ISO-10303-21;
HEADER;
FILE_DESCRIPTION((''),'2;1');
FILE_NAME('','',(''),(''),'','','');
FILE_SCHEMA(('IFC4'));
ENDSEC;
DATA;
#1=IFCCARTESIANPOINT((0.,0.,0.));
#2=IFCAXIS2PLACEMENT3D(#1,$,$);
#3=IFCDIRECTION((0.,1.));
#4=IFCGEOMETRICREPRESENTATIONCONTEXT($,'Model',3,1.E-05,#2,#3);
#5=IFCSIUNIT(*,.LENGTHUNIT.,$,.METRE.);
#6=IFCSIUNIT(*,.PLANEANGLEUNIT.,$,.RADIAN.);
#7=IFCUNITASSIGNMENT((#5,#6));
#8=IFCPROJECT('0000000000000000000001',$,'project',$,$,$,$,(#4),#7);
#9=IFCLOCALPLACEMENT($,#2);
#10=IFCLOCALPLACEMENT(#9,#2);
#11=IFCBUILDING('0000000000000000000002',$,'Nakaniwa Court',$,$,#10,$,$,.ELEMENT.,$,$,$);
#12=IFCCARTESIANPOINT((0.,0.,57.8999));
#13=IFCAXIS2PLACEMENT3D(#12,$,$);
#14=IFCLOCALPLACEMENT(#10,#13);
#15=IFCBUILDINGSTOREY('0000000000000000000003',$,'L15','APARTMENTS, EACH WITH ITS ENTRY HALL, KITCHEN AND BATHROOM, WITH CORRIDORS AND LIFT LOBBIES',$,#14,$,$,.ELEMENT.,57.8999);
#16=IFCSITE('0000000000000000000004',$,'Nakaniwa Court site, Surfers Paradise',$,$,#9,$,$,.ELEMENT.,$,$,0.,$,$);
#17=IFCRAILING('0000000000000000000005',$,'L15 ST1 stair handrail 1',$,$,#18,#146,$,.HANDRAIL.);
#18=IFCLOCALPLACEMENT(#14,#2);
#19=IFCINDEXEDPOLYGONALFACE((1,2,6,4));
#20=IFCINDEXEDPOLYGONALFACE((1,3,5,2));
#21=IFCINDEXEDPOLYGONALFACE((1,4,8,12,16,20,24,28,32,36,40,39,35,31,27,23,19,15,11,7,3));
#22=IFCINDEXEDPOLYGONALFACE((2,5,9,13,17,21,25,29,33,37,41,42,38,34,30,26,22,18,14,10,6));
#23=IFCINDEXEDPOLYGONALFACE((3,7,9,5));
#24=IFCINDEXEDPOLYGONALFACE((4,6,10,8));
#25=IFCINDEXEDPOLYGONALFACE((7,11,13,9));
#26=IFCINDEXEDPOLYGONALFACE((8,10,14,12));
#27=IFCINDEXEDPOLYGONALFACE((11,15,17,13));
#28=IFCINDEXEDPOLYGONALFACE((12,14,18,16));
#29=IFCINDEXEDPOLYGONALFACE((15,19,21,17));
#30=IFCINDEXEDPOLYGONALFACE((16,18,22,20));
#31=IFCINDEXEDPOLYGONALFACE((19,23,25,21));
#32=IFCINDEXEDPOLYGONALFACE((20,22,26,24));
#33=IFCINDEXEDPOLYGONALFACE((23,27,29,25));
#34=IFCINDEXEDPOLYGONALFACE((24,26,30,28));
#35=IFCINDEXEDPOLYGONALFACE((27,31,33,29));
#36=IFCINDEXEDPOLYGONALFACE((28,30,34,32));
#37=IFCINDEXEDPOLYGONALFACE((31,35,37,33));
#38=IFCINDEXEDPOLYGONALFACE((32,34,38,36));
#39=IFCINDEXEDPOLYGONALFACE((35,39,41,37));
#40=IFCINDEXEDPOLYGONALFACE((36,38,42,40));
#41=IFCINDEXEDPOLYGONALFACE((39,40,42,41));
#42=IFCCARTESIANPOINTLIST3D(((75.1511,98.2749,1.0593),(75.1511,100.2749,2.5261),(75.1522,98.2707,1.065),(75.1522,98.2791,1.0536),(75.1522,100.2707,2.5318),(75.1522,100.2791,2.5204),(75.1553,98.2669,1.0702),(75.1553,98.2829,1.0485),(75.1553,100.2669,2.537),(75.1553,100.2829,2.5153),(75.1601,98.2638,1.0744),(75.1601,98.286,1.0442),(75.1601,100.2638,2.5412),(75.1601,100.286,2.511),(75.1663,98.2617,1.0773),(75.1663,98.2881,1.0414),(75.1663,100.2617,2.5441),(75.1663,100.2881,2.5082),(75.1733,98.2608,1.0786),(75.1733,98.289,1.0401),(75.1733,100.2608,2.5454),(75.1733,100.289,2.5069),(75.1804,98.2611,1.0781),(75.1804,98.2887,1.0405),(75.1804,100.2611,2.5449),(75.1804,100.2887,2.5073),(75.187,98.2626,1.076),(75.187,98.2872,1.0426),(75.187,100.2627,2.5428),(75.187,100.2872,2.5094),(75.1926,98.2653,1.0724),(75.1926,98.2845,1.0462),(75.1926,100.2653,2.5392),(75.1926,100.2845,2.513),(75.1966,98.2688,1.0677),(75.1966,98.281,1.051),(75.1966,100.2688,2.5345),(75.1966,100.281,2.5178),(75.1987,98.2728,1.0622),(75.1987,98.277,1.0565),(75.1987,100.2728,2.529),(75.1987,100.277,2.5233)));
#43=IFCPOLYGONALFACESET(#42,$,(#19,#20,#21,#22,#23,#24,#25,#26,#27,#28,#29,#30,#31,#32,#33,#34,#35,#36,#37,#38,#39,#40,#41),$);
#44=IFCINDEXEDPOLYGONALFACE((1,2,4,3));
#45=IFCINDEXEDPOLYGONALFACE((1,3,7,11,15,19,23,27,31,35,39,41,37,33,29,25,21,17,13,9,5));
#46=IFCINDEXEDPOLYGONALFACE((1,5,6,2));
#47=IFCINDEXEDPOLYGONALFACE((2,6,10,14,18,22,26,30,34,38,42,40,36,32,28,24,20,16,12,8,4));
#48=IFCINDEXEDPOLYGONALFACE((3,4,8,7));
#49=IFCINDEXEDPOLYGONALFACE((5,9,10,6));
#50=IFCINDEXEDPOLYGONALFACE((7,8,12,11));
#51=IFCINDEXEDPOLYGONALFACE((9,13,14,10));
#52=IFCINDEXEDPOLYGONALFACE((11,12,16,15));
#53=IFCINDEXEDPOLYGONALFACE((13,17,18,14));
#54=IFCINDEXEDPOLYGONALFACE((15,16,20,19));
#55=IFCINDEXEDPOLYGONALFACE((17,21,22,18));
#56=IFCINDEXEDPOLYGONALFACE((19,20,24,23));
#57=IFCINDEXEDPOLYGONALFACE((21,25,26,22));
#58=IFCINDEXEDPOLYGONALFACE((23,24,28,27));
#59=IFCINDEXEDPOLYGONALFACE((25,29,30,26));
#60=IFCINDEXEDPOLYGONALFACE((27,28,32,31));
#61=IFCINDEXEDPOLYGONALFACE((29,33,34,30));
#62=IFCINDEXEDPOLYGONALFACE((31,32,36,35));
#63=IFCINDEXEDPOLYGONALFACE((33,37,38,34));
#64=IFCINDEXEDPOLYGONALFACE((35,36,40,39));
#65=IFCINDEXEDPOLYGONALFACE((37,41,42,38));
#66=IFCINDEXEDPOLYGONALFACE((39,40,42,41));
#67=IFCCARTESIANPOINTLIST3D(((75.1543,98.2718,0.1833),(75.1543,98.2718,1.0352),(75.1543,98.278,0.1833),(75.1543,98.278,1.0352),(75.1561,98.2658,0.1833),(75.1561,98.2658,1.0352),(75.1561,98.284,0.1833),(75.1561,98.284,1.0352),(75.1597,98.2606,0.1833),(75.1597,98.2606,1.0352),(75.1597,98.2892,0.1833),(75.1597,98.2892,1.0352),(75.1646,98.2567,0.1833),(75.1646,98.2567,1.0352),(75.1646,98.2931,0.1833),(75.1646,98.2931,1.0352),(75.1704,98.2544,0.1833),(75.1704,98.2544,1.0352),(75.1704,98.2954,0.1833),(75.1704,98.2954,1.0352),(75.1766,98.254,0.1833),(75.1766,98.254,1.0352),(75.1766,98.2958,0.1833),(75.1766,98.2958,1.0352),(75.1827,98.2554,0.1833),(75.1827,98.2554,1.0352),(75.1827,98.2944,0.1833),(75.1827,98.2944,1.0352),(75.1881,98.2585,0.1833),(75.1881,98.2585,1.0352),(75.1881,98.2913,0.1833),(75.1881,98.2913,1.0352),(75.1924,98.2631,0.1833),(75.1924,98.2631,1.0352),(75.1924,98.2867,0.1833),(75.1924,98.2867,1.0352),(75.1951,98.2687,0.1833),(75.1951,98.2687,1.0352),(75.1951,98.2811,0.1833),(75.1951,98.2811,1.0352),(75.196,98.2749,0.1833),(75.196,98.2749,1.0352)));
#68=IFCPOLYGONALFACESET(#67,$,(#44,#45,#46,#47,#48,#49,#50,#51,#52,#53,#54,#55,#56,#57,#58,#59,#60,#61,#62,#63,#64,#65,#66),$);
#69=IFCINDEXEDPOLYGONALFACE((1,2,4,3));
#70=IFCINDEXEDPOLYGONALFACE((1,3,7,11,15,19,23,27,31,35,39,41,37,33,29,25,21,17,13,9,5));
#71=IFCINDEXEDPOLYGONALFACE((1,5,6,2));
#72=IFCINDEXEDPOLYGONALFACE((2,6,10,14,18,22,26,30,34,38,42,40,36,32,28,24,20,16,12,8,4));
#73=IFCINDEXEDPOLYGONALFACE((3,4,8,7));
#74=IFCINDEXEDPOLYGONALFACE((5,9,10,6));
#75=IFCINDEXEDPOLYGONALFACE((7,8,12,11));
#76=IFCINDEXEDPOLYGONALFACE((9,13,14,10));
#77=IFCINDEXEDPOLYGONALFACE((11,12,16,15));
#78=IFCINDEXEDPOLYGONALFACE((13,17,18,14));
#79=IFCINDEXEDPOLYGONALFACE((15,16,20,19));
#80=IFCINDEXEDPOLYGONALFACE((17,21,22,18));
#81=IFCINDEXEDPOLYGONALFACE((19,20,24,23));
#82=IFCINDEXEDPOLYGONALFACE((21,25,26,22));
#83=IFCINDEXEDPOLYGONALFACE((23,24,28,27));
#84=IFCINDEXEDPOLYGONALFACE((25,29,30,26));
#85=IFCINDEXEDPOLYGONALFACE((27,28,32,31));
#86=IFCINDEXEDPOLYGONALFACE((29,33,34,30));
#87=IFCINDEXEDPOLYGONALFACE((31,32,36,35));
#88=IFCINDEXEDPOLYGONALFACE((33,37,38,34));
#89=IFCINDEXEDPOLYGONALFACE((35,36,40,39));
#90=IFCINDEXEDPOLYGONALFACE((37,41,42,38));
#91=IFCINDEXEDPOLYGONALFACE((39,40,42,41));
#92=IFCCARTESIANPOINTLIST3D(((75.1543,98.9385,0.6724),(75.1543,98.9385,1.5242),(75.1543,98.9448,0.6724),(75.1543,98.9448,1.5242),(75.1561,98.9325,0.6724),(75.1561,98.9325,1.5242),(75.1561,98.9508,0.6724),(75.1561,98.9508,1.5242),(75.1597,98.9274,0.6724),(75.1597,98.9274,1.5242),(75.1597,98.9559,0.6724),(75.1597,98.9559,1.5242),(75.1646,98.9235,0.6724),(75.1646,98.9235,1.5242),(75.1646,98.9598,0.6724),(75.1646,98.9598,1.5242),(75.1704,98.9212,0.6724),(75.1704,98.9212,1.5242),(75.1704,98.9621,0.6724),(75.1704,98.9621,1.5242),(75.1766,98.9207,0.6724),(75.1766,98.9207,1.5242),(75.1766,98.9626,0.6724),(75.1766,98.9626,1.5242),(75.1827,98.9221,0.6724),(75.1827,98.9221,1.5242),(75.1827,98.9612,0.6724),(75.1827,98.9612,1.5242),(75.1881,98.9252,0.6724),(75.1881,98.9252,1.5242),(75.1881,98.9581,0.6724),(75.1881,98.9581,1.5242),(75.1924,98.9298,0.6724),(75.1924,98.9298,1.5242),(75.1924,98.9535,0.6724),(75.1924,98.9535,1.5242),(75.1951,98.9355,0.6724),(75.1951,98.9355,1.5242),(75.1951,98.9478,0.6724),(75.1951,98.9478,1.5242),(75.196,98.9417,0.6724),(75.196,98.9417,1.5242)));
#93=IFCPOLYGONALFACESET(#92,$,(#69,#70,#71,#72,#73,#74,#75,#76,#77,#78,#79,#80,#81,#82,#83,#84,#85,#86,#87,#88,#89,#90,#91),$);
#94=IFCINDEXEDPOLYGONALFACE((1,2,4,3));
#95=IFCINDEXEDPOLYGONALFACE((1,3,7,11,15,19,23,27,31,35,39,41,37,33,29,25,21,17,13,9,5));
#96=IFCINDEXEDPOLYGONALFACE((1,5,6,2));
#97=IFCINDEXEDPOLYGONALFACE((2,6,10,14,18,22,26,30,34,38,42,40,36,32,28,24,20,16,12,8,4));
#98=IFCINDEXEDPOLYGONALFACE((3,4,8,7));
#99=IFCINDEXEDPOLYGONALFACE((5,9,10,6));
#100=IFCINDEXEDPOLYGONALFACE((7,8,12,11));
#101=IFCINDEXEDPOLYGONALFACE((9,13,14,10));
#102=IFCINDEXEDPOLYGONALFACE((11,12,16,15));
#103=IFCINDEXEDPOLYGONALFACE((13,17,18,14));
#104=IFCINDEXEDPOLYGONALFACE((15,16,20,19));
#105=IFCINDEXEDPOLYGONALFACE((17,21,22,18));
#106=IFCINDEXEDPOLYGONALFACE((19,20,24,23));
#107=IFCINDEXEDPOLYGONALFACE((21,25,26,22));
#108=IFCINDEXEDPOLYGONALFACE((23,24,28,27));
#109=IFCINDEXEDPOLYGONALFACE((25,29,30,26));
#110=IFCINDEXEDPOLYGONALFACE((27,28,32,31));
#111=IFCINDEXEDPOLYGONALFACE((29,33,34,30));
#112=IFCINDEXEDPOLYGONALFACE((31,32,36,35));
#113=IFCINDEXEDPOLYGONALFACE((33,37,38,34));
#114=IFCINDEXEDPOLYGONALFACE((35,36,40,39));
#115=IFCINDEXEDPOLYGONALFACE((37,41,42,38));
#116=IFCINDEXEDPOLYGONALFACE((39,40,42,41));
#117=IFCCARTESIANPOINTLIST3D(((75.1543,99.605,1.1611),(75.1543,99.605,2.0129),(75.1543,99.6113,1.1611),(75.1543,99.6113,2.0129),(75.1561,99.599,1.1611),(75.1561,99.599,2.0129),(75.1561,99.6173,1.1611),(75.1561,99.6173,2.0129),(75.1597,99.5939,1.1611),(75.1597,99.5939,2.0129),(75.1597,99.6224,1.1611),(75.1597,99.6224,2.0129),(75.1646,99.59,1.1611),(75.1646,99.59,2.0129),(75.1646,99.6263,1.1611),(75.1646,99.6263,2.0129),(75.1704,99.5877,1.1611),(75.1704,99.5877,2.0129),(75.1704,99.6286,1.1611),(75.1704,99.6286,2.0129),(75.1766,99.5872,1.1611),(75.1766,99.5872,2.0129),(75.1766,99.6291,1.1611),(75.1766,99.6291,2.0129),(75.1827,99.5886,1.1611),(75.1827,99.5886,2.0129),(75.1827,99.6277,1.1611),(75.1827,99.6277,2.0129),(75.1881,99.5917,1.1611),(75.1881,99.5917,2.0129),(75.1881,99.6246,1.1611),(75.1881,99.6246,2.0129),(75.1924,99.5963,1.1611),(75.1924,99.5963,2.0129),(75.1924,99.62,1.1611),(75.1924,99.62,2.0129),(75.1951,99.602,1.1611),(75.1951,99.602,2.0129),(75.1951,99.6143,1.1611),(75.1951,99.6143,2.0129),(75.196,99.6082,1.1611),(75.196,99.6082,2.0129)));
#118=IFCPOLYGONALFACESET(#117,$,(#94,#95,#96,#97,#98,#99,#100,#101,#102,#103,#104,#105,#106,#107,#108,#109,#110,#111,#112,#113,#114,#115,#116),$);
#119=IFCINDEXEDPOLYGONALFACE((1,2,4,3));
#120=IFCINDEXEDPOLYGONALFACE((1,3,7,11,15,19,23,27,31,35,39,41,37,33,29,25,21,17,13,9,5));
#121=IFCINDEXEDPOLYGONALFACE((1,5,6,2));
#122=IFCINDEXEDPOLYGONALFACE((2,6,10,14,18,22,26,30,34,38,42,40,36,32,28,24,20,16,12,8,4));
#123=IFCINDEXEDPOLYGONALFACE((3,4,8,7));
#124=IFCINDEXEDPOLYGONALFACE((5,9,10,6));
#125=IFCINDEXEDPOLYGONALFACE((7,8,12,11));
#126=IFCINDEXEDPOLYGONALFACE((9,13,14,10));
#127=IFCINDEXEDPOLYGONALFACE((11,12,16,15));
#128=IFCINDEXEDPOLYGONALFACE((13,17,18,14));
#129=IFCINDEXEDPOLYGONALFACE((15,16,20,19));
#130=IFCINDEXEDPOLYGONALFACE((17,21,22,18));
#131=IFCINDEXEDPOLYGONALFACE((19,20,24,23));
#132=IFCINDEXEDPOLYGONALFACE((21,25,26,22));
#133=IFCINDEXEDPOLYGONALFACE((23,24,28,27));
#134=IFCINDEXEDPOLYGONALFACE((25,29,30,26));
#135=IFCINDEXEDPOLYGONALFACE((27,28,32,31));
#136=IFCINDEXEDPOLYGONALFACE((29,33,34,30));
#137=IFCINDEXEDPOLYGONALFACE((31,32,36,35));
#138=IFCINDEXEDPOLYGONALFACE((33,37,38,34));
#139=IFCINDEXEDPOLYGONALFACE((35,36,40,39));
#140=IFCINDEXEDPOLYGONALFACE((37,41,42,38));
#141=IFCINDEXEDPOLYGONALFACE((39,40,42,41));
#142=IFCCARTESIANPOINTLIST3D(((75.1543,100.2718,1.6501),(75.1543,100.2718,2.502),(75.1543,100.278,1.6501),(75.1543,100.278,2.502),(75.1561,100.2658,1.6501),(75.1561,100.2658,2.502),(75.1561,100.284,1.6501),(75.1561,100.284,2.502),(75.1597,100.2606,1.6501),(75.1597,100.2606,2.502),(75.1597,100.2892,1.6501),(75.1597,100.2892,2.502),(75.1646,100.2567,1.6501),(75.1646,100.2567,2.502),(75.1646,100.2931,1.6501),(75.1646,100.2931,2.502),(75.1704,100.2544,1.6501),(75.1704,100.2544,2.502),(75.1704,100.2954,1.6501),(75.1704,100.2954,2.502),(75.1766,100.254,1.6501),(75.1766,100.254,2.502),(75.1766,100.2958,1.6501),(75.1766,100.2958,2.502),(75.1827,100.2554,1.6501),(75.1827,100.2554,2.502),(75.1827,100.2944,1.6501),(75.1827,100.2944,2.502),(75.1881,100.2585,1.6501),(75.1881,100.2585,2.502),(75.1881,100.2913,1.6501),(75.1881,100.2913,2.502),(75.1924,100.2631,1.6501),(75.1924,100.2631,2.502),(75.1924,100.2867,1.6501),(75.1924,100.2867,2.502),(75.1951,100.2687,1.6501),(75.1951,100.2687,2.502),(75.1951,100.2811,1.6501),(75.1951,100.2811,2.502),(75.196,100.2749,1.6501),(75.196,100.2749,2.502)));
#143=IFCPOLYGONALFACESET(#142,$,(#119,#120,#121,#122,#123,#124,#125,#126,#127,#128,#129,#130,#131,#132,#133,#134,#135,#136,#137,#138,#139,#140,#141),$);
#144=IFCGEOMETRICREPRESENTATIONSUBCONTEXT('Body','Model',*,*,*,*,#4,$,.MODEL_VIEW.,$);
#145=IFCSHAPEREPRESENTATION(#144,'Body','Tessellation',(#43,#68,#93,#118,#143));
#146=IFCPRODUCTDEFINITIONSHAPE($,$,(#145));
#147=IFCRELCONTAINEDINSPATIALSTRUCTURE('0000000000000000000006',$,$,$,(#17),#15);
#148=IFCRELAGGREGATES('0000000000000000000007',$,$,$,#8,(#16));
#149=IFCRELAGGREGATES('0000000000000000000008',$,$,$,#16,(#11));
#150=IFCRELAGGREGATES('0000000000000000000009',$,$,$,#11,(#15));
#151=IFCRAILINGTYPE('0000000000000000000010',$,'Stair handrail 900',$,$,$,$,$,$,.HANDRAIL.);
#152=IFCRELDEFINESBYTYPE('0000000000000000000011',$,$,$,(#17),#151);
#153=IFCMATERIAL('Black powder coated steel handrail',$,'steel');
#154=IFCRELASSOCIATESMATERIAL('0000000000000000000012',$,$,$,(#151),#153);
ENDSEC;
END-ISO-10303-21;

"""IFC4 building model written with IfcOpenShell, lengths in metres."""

from ifc_helpers import new_model, si_unit, direction, frame, origin, origin_2d, place, context, subcontext, project, spatial, circle, extrude, material, type_object, element, save


model = new_model("IFC4")

# Units and contexts
model_context = context("Model", 3, precision=1e-05, world=origin(), true_north=direction((0.0, 1.0)))
body_context = subcontext(model_context, "Body", "Model", "MODEL_VIEW")
ifc_project = project(units=[si_unit("LENGTHUNIT", "METRE"), si_unit("PLANEANGLEUNIT", "RADIAN")], contexts=[model_context])

# Site, building, storey
site_placement = place(None, origin())
site = spatial("IfcSite", under=ifc_project, at=site_placement, Name="Nakaniwa Court site, Surfers Paradise", CompositionType="ELEMENT", RefElevation=0.0)
building_placement = place(site_placement, origin())
building = spatial("IfcBuilding", under=site, at=building_placement, Name="Nakaniwa Court", CompositionType="ELEMENT")
storey_placement = place(building_placement, frame((0.0, 0.0, 57.8999)))
storey = spatial("IfcBuildingStorey", under=building, at=storey_placement, Name="L15", Description="APARTMENTS, EACH WITH ITS ENTRY HALL, KITCHEN AND BATHROOM, WITH CORRIDORS AND LIFT LOBBIES", CompositionType="ELEMENT", Elevation=57.8999)

# Railing
ifc_material_1 = material(Name="Black powder coated steel handrail", Category="steel")
railing_type_1 = type_object("IfcRailingType", Name="Stair handrail 900", PredefinedType="HANDRAIL", material=ifc_material_1)
railing_1_placement = place(storey_placement, frame((75.175, 98.2749, 0.1833)))
element("IfcRailing", 1, at=railing_1_placement, inside=storey, type_object=railing_type_1, Name="L15 ST1 stair handrail 1", PredefinedType="HANDRAIL", context=body_context, shape_type="SweptSolid", body=[
    extrude(circle(Radius=0.0239, at=origin_2d()), frame((0.0, 0.0, 0.876), z_axis=(0.0, 0.80638, 0.591398), x_axis=(-1.0, 0.0, 0.0)), (0.0, 0.0, 1.0), 2.4802),
    extrude(circle(Radius=0.021, at=origin_2d()), origin(), (0.0, 0.0, 1.0), 0.8518),
    extrude(circle(Radius=0.021, at=origin_2d()), frame((0.0, 0.6667, 0.489)), (0.0, 0.0, 1.0), 0.8518),
    extrude(circle(Radius=0.021, at=origin_2d()), frame((0.0, 1.3333, 0.9778)), (0.0, 0.0, 1.0), 0.8518),
    extrude(circle(Radius=0.021, at=origin_2d()), frame((0.0, 2.0, 1.4668)), (0.0, 0.0, 1.0), 0.8518),
])

save(model, "model.ifc")
